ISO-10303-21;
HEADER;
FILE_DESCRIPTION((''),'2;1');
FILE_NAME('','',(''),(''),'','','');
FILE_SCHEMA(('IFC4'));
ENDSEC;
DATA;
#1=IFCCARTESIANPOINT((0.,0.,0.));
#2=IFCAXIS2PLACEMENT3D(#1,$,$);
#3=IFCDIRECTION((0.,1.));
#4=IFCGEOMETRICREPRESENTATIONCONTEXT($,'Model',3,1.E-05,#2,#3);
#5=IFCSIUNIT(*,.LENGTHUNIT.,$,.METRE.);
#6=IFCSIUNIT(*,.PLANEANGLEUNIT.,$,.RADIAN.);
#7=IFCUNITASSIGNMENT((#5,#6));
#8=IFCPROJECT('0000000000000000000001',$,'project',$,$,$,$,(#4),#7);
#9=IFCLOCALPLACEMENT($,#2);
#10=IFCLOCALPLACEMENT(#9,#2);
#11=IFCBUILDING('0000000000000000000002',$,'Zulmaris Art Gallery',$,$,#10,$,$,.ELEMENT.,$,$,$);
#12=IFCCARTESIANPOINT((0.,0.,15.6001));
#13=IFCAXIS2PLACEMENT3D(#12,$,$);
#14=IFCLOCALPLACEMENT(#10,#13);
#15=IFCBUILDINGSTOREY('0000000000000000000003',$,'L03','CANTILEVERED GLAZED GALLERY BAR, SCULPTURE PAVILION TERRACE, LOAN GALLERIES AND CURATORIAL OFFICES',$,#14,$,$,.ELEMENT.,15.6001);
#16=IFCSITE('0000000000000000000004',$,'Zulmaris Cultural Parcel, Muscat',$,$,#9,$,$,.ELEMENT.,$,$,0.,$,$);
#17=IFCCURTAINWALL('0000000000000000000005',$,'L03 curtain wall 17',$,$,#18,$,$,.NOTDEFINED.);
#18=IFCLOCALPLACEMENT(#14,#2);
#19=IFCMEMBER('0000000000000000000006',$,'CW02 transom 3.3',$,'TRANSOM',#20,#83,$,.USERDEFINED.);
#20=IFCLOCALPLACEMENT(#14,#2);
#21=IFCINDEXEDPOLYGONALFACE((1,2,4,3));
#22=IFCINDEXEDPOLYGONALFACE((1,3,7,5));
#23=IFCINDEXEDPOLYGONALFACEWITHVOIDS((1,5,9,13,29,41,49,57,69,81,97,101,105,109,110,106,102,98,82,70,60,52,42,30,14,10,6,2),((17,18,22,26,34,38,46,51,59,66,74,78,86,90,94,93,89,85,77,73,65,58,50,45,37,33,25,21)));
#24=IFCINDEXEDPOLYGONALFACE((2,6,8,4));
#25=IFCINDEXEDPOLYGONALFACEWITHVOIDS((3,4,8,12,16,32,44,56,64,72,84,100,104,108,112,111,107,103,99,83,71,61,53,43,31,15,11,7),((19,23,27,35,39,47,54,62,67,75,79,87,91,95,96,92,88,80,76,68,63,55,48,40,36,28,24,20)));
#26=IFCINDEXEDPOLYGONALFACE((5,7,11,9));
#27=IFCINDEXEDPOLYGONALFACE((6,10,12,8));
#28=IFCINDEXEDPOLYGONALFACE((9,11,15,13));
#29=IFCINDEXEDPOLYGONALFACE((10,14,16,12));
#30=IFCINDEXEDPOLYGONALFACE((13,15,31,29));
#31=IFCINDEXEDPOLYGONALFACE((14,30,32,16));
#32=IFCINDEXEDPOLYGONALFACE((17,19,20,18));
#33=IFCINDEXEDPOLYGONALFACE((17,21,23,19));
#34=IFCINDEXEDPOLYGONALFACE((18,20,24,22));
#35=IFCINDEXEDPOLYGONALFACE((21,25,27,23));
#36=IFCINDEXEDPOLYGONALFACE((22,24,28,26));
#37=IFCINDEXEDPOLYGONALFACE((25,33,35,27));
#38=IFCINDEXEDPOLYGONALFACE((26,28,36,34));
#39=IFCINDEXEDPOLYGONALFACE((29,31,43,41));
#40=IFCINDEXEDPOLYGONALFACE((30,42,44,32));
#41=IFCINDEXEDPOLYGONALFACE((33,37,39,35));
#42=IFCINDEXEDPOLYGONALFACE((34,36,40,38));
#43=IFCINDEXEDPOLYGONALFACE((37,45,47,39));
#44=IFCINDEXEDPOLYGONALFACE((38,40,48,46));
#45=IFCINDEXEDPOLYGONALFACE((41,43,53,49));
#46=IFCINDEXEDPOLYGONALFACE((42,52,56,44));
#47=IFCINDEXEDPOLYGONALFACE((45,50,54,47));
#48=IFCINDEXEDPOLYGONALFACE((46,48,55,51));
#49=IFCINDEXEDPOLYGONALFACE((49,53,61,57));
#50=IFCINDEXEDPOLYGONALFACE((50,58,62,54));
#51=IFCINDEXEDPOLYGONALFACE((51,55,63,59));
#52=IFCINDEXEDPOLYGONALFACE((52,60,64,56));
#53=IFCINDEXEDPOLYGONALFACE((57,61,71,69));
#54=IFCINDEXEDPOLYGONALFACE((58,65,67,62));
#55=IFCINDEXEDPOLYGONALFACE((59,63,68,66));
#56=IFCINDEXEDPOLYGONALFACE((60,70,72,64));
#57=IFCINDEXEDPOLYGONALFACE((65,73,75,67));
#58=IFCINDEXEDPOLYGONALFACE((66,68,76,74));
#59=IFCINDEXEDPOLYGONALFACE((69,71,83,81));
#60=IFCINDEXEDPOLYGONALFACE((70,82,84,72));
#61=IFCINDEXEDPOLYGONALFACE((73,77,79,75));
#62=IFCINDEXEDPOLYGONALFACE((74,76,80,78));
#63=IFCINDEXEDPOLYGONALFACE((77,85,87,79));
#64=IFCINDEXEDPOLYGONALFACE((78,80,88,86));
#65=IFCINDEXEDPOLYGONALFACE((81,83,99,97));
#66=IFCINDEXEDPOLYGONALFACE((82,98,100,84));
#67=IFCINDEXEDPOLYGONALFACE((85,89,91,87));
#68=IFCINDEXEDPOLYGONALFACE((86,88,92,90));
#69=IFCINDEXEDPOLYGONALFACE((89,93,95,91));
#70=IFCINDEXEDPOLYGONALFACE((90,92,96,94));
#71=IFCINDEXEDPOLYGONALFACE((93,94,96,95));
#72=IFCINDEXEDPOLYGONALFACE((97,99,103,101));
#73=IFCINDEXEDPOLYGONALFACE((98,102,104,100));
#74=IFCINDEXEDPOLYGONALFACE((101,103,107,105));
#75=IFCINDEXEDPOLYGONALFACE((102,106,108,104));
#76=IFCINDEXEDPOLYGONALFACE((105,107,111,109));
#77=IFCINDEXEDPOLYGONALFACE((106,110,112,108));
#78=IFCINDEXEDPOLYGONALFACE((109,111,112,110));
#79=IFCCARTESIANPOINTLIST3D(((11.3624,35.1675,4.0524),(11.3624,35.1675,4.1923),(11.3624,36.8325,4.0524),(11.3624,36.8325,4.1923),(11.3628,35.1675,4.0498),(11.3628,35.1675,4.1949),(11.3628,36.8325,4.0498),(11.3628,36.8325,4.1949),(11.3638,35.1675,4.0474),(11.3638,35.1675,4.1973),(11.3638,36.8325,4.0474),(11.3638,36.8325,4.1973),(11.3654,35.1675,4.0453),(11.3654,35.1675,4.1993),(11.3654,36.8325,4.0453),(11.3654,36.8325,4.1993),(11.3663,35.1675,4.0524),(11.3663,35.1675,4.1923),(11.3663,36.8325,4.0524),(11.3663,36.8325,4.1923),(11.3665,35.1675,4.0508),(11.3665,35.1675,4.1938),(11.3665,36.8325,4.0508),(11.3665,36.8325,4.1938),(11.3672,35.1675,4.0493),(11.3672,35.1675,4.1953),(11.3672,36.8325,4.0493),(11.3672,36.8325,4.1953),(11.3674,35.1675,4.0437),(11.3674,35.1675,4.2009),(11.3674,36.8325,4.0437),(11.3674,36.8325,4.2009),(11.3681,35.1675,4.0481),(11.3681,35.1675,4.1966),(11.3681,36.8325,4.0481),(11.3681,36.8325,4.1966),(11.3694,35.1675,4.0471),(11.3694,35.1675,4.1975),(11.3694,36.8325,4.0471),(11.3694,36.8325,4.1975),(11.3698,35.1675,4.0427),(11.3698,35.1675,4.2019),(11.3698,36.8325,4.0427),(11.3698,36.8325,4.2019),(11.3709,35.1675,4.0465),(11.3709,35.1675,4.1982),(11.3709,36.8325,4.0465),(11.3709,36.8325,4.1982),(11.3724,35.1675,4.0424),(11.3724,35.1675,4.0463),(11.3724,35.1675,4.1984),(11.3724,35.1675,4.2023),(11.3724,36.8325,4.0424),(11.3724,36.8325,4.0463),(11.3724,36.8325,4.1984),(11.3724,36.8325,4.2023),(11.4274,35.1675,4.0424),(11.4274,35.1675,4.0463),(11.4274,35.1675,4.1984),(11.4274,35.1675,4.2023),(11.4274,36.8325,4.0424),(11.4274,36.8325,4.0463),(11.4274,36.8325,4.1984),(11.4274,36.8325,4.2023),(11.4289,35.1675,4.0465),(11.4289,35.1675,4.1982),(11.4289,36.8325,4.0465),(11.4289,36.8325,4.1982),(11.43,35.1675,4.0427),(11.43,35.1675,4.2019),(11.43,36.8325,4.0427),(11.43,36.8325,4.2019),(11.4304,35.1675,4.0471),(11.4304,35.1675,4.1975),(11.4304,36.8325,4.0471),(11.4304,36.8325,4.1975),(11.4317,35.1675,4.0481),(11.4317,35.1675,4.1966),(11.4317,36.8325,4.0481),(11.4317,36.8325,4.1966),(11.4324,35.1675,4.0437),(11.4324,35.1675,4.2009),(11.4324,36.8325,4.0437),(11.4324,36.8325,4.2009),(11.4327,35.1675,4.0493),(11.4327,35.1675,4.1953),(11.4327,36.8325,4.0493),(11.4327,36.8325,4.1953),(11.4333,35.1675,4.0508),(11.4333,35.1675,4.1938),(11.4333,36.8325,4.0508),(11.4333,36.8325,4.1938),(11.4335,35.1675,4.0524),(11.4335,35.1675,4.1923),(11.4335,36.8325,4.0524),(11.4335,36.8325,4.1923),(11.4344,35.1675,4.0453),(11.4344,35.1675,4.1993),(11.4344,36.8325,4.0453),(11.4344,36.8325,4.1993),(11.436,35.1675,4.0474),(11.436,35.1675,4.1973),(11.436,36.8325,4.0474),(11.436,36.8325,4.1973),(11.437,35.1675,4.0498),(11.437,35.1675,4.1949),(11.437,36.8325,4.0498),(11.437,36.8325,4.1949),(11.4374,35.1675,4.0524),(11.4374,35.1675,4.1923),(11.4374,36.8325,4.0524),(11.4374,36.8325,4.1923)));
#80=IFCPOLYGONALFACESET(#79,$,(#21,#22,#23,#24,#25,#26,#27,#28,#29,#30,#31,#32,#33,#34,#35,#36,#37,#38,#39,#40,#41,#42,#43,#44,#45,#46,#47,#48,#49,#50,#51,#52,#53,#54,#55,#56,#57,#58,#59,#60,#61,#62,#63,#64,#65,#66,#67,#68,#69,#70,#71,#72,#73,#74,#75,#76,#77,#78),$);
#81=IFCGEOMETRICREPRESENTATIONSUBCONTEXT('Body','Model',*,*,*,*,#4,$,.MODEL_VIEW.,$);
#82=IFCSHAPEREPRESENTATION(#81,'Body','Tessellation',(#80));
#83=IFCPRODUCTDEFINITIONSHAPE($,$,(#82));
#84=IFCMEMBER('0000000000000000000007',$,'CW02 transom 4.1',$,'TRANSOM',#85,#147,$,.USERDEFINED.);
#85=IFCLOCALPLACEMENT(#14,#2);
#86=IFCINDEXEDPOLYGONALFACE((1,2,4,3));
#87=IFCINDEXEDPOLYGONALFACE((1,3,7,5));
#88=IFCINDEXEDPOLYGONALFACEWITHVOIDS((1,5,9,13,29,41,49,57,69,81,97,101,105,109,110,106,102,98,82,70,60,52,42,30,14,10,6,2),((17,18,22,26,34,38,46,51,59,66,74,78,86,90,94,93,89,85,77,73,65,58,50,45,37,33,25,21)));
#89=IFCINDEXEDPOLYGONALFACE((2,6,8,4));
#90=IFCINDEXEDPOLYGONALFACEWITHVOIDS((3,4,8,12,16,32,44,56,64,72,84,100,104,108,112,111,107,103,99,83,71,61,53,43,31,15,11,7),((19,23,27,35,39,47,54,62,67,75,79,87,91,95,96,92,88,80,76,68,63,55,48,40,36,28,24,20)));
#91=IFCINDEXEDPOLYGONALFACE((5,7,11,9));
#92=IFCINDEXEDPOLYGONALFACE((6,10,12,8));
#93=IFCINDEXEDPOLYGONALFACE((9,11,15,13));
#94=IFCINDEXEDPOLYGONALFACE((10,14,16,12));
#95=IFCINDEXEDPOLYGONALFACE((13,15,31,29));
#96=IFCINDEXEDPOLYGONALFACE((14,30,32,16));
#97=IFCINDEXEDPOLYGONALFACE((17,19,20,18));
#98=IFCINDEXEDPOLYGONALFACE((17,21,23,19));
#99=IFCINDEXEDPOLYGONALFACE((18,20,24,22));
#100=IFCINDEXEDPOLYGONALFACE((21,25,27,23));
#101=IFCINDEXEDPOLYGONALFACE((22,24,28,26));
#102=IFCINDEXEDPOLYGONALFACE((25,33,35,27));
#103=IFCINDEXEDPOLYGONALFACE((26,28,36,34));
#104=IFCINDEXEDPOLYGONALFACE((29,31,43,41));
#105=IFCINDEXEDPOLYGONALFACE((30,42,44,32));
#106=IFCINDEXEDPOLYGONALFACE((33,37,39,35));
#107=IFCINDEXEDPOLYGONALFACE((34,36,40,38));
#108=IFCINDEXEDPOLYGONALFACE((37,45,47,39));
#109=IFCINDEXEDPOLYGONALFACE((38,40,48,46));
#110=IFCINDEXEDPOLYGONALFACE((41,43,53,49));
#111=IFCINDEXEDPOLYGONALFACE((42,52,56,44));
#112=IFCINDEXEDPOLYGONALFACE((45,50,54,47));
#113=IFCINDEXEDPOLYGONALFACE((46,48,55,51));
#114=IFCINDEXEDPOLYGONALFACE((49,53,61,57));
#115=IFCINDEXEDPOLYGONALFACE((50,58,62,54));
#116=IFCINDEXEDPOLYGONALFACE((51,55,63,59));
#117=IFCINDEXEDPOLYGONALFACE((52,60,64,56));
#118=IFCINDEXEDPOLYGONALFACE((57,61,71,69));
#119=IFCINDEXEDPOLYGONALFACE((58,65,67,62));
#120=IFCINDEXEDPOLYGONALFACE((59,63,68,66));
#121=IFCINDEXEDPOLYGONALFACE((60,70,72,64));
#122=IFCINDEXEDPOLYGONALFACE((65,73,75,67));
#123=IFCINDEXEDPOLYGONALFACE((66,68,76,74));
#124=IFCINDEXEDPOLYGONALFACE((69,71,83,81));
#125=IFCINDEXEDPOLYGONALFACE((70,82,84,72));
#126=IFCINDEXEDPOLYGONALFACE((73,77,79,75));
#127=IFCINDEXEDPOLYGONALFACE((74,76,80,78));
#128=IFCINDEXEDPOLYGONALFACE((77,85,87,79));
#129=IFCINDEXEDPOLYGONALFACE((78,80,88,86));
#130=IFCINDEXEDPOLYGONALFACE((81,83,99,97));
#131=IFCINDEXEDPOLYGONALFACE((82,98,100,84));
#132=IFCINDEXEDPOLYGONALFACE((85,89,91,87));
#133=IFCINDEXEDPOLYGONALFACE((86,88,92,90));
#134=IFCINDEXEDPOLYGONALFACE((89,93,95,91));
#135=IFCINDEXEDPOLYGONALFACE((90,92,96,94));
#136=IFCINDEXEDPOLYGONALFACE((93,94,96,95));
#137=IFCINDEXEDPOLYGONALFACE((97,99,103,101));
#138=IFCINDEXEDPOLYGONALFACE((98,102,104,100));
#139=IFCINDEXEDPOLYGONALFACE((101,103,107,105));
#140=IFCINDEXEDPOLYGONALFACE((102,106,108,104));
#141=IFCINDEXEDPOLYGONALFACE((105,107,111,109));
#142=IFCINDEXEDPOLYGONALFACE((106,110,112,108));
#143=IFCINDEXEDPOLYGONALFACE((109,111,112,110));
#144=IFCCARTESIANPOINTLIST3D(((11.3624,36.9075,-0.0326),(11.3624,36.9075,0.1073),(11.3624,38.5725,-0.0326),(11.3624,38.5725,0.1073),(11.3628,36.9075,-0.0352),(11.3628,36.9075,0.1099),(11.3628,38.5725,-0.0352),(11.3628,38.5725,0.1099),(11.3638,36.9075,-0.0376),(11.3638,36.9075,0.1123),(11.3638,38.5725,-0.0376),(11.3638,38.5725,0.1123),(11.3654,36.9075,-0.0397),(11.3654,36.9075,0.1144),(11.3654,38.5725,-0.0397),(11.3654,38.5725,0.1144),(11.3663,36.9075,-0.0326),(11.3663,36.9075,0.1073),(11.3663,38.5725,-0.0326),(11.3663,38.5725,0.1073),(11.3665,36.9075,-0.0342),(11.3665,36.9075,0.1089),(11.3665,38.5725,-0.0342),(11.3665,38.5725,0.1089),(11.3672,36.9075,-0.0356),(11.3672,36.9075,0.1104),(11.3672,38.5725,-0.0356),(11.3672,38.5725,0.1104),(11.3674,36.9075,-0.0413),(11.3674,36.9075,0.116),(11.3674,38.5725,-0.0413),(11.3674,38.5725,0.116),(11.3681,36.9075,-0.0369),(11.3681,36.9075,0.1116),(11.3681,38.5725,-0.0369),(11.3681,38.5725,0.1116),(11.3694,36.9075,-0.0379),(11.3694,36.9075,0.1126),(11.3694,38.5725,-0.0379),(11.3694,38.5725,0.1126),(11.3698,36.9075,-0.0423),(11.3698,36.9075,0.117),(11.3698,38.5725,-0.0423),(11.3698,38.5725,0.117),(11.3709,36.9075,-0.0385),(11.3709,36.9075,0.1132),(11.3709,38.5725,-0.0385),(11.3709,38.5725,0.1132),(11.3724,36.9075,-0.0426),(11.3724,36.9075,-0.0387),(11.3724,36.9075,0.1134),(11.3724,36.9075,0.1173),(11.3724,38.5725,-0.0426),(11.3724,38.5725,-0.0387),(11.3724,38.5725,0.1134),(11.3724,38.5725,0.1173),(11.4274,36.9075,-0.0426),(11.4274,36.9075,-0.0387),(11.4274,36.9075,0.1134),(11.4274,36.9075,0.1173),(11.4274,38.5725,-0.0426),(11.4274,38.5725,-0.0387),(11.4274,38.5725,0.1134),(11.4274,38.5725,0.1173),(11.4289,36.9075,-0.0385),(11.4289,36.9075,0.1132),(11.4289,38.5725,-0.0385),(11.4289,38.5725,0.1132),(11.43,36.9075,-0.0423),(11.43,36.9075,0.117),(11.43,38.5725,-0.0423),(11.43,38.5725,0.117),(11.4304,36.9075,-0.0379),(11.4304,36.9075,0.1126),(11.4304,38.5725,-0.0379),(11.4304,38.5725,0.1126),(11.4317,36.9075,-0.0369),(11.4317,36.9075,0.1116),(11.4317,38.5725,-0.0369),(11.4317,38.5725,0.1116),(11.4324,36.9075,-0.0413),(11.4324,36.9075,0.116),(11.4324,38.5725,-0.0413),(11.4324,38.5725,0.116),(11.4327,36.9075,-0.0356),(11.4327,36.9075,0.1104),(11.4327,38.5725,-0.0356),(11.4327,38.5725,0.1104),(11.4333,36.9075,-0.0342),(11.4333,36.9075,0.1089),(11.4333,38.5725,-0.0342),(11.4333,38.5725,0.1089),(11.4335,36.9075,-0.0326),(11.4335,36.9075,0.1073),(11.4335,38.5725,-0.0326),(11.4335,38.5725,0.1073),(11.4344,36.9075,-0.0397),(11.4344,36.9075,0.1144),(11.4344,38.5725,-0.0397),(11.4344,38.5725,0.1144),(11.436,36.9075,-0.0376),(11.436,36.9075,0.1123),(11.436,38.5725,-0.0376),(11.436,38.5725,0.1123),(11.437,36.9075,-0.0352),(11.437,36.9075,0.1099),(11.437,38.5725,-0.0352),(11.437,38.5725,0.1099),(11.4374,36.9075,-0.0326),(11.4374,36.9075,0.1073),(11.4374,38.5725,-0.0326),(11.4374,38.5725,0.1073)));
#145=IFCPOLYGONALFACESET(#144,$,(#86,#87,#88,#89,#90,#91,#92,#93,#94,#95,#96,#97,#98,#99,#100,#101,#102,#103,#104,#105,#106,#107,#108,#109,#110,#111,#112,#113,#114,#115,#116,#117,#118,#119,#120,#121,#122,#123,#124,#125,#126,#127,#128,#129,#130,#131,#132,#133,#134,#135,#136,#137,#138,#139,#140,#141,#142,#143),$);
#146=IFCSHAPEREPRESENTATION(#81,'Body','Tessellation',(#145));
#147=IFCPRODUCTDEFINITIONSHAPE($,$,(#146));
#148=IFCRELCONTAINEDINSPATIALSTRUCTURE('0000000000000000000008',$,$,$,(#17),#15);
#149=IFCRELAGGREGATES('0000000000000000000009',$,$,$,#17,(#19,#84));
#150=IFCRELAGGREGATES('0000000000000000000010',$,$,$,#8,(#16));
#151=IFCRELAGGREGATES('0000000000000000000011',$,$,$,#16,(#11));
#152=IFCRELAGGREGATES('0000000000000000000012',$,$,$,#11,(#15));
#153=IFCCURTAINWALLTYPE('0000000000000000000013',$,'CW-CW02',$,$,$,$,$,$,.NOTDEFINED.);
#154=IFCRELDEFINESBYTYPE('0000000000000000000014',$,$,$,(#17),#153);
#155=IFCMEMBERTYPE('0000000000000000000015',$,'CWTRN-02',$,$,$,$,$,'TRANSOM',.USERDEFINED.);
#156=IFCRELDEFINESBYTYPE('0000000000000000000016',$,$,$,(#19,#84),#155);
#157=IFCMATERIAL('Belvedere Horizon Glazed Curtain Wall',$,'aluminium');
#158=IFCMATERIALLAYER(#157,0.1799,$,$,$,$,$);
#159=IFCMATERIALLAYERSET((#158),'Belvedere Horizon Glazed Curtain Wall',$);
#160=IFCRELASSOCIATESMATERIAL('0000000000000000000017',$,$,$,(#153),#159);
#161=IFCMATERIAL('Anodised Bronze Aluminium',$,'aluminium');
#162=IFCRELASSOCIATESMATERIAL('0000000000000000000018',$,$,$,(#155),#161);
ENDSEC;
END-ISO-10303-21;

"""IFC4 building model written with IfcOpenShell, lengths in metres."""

from ifc_helpers import new_model, si_unit, direction, frame, origin, origin_2d, place, context, subcontext, project, spatial, hollow_rectangle, extrude, material, layer, layer_set, material_profile, profile_set, type_object, element, aggregate, save


model = new_model("IFC4")

# Units and contexts
model_context = context("Model", 3, precision=1e-05, world=origin(), true_north=direction((0.0, 1.0)))
body_context = subcontext(model_context, "Body", "Model", "MODEL_VIEW")
ifc_project = project(units=[si_unit("LENGTHUNIT", "METRE"), si_unit("PLANEANGLEUNIT", "RADIAN")], contexts=[model_context])

# Site, building, storey
site_placement = place(None, origin())
site = spatial("IfcSite", under=ifc_project, at=site_placement, Name="Zulmaris Cultural Parcel, Muscat", CompositionType="ELEMENT", RefElevation=0.0)
building_placement = place(site_placement, origin())
building = spatial("IfcBuilding", under=site, at=building_placement, Name="Zulmaris Art Gallery", CompositionType="ELEMENT")
storey_placement = place(building_placement, frame((0.0, 0.0, 15.6001)))
storey = spatial("IfcBuildingStorey", under=building, at=storey_placement, Name="L03", Description="CANTILEVERED GLAZED GALLERY BAR, SCULPTURE PAVILION TERRACE, LOAN GALLERIES AND CURATORIAL OFFICES", CompositionType="ELEMENT", Elevation=15.6001)

# Curtain wall, members
ifc_material_1 = material(Name="Belvedere Horizon Glazed Curtain Wall", Category="aluminium")
ifc_layer_1 = layer(ifc_material_1, 0.1799)
ifc_layer_set_1 = layer_set([ifc_layer_1], Name="Belvedere Horizon Glazed Curtain Wall")
curtain_wall_type = type_object("IfcCurtainWallType", Name="CW-CW02", PredefinedType="NOTDEFINED", material=ifc_layer_set_1)
curtain_wall_placement = place(storey_placement, origin())
curtain_wall = element("IfcCurtainWall", 1, at=curtain_wall_placement, inside=storey, type_object=curtain_wall_type, Name="L03 curtain wall 17", PredefinedType="NOTDEFINED")
ifc_material_2 = material(Name="Anodised Bronze Aluminium", Category="aluminium")
ifc_material_profile_1 = material_profile(ifc_material_2, hollow_rectangle(XDim=0.075, YDim=0.1599, WallThickness=0.0039, InnerFilletRadius=0.0061, OuterFilletRadius=0.01, at=origin_2d()), Name="ALU 75x160x4")
ifc_profile_set_1 = profile_set([ifc_material_profile_1], Name="Anodised Bronze Aluminium")
member_type_1 = type_object("IfcMemberType", Name="CWTRN-02", ElementType="TRANSOM", PredefinedType="USERDEFINED", material=ifc_profile_set_1)
member_1_placement = place(storey_placement, frame((11.3999, 35.1675, 4.1223), z_axis=(0.0, 1.0, 0.0), x_axis=(-1.0, 0.0, 0.0)))
member_1 = element("IfcMember", 2, at=member_1_placement, type_object=member_type_1, Name="CW02 transom 3.3", ObjectType="TRANSOM", PredefinedType="USERDEFINED", context=body_context, shape_type="SweptSolid", body=[
    extrude(hollow_rectangle(XDim=0.075, YDim=0.1599, WallThickness=0.0039, InnerFilletRadius=0.0061, OuterFilletRadius=0.01, at=origin_2d()), origin(), (0.0, 0.0, 1.0), 1.665),
])
member_2_placement = place(storey_placement, frame((11.3999, 36.9075, 0.0374), z_axis=(0.0, 1.0, 0.0), x_axis=(-1.0, 0.0, 0.0)))
member_2 = element("IfcMember", 3, at=member_2_placement, type_object=member_type_1, Name="CW02 transom 4.1", ObjectType="TRANSOM", PredefinedType="USERDEFINED", context=body_context, shape_type="SweptSolid", body=[
    extrude(hollow_rectangle(XDim=0.075, YDim=0.1599, WallThickness=0.0039, InnerFilletRadius=0.0061, OuterFilletRadius=0.01, at=origin_2d()), origin(), (0.0, 0.0, 1.0), 1.665),
])

aggregate(curtain_wall, [member_1, member_2])

save(model, "model.ifc")
